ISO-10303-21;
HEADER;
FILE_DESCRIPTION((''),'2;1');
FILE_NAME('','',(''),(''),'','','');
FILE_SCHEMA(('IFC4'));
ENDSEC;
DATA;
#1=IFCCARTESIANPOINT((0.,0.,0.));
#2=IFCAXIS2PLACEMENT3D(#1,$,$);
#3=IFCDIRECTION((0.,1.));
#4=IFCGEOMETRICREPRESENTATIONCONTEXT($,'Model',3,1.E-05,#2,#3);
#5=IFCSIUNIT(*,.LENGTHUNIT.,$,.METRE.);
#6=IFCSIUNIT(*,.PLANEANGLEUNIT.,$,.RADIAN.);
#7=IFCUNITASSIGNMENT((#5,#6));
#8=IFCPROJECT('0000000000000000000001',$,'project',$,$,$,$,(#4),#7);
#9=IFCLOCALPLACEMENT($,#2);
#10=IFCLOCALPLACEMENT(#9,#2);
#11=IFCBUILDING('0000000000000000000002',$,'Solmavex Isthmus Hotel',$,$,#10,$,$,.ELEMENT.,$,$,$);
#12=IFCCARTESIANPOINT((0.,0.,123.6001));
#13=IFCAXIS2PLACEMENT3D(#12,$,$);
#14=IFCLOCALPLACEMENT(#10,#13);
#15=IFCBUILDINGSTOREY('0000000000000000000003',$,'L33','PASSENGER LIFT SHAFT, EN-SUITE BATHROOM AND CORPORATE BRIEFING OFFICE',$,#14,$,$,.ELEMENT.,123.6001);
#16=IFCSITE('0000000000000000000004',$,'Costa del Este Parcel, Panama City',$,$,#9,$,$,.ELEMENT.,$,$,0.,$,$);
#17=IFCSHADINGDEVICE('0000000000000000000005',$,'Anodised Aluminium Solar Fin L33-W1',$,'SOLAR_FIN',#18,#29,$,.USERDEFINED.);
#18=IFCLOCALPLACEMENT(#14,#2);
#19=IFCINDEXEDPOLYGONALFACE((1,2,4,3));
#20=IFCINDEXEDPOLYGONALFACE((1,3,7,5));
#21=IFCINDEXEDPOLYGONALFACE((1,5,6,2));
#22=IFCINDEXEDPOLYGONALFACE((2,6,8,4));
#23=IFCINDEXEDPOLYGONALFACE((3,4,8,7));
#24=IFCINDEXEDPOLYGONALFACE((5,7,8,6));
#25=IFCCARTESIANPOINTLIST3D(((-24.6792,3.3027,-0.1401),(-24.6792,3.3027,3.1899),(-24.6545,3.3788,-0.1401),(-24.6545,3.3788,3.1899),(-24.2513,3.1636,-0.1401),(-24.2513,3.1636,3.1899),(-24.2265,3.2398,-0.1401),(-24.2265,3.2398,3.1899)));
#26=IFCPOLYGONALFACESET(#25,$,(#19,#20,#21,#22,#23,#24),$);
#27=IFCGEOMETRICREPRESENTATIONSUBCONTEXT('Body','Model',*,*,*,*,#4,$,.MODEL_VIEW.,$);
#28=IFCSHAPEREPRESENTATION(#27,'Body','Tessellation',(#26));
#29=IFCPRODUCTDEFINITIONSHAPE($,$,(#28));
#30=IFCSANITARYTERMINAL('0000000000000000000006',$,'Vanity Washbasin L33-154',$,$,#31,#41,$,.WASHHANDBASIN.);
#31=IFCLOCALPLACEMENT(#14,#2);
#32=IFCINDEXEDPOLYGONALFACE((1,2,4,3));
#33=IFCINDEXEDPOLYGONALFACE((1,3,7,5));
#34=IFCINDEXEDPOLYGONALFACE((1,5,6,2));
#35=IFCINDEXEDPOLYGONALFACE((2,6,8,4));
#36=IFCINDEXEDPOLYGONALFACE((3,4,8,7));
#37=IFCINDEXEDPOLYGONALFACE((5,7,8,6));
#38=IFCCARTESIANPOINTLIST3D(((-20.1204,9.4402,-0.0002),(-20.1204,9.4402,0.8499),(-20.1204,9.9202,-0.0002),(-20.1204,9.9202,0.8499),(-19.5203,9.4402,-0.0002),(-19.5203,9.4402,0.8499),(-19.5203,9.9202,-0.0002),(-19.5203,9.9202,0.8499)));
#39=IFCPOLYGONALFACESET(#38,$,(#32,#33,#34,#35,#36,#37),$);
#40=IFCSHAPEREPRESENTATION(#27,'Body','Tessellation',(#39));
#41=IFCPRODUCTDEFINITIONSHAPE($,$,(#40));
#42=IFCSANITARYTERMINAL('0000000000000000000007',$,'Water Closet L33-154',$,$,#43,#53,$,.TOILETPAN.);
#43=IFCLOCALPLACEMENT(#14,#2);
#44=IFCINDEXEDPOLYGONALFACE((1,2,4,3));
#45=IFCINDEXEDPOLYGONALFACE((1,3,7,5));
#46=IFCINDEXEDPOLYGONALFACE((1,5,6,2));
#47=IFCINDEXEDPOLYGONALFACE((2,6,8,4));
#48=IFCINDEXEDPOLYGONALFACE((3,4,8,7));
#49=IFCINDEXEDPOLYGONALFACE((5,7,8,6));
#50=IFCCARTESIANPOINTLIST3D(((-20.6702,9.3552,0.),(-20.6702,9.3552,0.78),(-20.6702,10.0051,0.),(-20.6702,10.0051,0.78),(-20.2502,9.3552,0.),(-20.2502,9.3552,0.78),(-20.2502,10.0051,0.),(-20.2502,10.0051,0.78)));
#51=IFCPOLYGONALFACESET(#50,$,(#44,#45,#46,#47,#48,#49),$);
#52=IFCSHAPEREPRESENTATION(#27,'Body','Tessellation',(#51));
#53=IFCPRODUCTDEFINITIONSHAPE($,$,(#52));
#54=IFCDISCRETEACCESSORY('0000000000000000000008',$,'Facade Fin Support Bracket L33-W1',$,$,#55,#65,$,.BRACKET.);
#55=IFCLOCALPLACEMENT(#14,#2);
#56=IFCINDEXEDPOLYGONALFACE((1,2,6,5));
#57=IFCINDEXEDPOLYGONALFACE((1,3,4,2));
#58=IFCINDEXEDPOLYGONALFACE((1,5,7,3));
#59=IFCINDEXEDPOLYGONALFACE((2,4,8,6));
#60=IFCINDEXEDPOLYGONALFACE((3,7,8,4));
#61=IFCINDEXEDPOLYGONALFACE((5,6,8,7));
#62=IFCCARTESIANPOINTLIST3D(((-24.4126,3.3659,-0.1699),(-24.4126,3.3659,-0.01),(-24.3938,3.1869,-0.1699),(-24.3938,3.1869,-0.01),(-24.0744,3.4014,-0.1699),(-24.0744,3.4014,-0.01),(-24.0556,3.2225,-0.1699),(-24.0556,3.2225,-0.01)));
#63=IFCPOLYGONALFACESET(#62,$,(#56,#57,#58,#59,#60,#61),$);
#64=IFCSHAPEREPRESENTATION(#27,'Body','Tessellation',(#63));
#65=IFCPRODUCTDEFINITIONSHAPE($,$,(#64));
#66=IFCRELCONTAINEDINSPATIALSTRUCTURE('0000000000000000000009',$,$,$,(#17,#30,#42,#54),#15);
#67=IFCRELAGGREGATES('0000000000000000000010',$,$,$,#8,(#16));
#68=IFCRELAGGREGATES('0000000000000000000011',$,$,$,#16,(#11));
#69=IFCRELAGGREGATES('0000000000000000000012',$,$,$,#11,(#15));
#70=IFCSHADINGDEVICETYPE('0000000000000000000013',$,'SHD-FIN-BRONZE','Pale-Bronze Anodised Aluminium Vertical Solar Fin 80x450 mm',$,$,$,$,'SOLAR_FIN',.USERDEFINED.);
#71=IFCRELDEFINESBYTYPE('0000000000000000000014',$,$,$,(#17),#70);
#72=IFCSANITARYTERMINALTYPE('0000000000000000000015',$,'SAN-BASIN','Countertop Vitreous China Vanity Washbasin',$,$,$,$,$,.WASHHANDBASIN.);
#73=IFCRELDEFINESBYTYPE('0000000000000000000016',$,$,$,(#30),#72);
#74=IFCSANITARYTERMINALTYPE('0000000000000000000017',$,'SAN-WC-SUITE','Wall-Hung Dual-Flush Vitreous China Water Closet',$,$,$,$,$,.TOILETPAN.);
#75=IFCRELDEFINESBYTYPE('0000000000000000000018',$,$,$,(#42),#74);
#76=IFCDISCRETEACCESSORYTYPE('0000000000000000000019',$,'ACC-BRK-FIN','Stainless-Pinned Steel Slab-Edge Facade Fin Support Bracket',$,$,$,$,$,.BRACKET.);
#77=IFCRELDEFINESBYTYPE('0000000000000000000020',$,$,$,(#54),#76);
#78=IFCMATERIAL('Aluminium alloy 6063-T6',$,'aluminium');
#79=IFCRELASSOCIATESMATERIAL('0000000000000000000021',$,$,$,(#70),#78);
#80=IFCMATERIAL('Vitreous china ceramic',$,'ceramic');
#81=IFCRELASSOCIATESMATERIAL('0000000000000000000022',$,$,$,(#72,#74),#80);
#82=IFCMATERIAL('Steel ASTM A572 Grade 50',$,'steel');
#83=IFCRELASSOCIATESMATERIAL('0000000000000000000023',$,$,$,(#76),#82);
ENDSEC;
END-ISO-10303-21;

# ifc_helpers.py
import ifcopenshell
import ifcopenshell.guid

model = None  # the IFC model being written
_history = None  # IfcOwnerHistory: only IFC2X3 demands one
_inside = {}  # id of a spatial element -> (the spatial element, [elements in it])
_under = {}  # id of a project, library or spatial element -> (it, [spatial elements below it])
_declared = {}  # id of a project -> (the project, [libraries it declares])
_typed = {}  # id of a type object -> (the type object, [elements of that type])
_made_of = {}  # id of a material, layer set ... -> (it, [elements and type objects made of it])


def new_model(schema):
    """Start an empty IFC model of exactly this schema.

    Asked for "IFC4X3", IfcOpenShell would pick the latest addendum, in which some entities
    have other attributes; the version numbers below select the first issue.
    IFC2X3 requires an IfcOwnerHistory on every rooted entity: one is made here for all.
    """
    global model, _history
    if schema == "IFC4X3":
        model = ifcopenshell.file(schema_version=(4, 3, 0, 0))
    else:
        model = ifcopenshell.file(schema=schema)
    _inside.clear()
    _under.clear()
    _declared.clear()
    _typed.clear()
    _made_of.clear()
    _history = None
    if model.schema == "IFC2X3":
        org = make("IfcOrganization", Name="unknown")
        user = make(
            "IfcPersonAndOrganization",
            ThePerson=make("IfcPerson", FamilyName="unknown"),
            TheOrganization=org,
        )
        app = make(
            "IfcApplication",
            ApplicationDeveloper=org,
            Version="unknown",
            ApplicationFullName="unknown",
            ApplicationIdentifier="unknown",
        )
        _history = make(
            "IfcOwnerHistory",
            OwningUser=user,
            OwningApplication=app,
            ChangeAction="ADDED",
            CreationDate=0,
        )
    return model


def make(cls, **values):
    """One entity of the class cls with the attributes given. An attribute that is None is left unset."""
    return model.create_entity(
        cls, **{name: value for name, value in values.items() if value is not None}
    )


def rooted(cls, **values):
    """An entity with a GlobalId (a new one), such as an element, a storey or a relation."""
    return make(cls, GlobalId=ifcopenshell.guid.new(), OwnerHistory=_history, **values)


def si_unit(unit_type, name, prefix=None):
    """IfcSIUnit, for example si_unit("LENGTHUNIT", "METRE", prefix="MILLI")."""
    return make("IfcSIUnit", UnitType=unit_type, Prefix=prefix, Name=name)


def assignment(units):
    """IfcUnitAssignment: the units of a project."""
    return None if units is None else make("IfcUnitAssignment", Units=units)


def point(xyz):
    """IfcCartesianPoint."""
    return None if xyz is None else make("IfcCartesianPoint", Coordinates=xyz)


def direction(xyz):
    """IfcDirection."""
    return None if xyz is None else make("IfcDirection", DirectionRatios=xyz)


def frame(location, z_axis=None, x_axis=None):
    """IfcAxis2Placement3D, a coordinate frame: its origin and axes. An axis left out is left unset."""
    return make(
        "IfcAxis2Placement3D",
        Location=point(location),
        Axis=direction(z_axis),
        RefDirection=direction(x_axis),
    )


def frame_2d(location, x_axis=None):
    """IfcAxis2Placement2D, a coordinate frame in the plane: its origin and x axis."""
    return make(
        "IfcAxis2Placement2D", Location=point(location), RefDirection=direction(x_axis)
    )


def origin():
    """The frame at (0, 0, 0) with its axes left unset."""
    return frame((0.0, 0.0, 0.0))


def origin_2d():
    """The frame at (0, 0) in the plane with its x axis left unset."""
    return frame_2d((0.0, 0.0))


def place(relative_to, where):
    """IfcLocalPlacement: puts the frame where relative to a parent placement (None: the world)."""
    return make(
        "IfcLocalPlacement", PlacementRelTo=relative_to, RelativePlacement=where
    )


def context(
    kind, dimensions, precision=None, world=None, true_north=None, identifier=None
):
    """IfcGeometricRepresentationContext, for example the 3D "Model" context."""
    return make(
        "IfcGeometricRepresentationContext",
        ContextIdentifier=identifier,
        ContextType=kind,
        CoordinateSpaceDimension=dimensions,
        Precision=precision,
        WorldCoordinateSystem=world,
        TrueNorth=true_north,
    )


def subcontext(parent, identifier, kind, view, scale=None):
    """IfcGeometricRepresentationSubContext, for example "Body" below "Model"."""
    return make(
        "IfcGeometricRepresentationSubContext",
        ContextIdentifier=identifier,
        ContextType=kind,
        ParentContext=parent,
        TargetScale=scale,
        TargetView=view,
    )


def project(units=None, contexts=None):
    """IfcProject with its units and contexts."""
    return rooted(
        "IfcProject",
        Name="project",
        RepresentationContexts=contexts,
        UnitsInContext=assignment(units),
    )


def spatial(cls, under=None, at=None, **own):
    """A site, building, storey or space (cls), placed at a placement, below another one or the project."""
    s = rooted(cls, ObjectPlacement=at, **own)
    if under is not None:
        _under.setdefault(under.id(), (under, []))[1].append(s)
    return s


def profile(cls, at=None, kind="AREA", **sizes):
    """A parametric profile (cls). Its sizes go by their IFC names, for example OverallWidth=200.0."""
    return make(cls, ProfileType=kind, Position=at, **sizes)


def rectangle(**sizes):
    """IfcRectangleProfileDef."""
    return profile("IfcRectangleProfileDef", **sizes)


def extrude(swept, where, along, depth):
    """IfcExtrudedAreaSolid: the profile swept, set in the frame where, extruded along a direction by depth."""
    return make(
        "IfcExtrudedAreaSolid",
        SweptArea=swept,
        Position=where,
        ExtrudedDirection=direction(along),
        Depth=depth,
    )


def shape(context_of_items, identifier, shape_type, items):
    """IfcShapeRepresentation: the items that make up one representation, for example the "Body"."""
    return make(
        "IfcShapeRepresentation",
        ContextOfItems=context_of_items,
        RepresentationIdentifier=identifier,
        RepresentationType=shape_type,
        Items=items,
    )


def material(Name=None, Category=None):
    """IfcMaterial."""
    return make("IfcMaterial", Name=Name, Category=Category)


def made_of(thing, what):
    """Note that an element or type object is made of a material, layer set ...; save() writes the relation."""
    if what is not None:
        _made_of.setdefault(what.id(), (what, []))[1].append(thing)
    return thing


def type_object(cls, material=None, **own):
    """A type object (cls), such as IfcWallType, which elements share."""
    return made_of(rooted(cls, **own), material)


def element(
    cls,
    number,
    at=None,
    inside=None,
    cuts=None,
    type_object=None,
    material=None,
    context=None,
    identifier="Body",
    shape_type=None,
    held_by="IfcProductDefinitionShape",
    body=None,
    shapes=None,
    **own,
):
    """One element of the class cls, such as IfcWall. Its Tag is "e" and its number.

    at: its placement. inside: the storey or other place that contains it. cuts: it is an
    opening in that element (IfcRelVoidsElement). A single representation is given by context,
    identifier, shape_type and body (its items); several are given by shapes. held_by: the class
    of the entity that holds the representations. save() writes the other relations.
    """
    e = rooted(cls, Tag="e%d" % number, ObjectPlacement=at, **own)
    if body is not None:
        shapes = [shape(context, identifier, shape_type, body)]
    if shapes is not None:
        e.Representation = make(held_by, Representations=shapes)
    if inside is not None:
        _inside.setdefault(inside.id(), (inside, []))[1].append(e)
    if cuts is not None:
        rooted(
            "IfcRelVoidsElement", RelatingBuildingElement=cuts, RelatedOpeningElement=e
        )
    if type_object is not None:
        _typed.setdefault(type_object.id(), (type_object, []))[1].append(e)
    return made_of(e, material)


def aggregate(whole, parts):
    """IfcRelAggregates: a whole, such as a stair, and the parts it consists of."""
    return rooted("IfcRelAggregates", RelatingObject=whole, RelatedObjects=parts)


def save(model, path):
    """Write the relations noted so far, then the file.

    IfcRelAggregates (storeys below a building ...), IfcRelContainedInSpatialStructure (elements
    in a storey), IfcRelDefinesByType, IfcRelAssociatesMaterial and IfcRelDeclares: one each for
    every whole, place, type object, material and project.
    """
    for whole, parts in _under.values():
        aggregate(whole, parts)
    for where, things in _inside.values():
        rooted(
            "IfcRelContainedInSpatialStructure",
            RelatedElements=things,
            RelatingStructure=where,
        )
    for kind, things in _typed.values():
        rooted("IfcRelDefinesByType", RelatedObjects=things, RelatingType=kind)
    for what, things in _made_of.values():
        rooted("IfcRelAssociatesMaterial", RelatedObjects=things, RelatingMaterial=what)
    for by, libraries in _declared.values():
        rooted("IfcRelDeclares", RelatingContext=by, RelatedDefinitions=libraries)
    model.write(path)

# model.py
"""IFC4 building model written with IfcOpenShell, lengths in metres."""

from ifc_helpers import new_model, si_unit, direction, frame, origin, origin_2d, place, context, subcontext, project, spatial, rectangle, extrude, material, type_object, element, save


model = new_model("IFC4")

# Units and contexts
model_context = context("Model", 3, precision=1e-05, world=origin(), true_north=direction((0.0, 1.0)))
body_context = subcontext(model_context, "Body", "Model", "MODEL_VIEW")
ifc_project = project(units=[si_unit("LENGTHUNIT", "METRE"), si_unit("PLANEANGLEUNIT", "RADIAN")], contexts=[model_context])

# Site, building, storey
site_placement = place(None, origin())
site = spatial("IfcSite", under=ifc_project, at=site_placement, Name="Costa del Este Parcel, Panama City", CompositionType="ELEMENT", RefElevation=0.0)
building_placement = place(site_placement, origin())
building = spatial("IfcBuilding", under=site, at=building_placement, Name="Solmavex Isthmus Hotel", CompositionType="ELEMENT")
storey_placement = place(building_placement, frame((0.0, 0.0, 123.6001)))
storey = spatial("IfcBuildingStorey", under=building, at=storey_placement, Name="L33", Description="PASSENGER LIFT SHAFT, EN-SUITE BATHROOM AND CORPORATE BRIEFING OFFICE", CompositionType="ELEMENT", Elevation=123.6001)

# Shared definitions
ifc_material_1 = material(Name="Aluminium alloy 6063-T6", Category="aluminium")

# Shading device
shading_device_type = type_object("IfcShadingDeviceType", Name="SHD-FIN-BRONZE", Description="Pale-Bronze Anodised Aluminium Vertical Solar Fin 80x450 mm", ElementType="SOLAR_FIN", PredefinedType="USERDEFINED", material=ifc_material_1)
shading_device_placement = place(storey_placement, frame((-24.4529, 3.2712, -0.1401), z_axis=(0.0, 0.0, 1.0), x_axis=(-0.951057, 0.309017, 0.0)))
element("IfcShadingDevice", 1, at=shading_device_placement, inside=storey, type_object=shading_device_type, Name="Anodised Aluminium Solar Fin L33-W1", ObjectType="SOLAR_FIN", PredefinedType="USERDEFINED", context=body_context, shape_type="SweptSolid", body=[
    extrude(rectangle(XDim=0.45, YDim=0.0801, at=origin_2d()), origin(), (0.0, 0.0, 1.0), 3.3301),
])

# Sanitary terminals
ifc_material_2 = material(Name="Vitreous china ceramic", Category="ceramic")
sanitary_terminal_type_1 = type_object("IfcSanitaryTerminalType", Name="SAN-BASIN", Description="Countertop Vitreous China Vanity Washbasin", PredefinedType="WASHHANDBASIN", material=ifc_material_2)
sanitary_terminal_1_placement = place(storey_placement, frame((-19.8203, 9.6802, -0.0002), z_axis=(0.0, 0.0, 1.0), x_axis=(1.0, 0.0, 0.0)))
element("IfcSanitaryTerminal", 2, at=sanitary_terminal_1_placement, inside=storey, type_object=sanitary_terminal_type_1, Name="Vanity Washbasin L33-154", PredefinedType="WASHHANDBASIN", context=body_context, shape_type="SweptSolid", body=[
    extrude(rectangle(XDim=0.6001, YDim=0.48, at=origin_2d()), origin(), (0.0, 0.0, 1.0), 0.8501),
])
sanitary_terminal_type_2 = type_object("IfcSanitaryTerminalType", Name="SAN-WC-SUITE", Description="Wall-Hung Dual-Flush Vitreous China Water Closet", PredefinedType="TOILETPAN", material=ifc_material_2)
sanitary_terminal_2_placement = place(storey_placement, frame((-20.4602, 9.6802, 0.0), z_axis=(0.0, 0.0, 1.0), x_axis=(1.0, 0.0, 0.0)))
element("IfcSanitaryTerminal", 3, at=sanitary_terminal_2_placement, inside=storey, type_object=sanitary_terminal_type_2, Name="Water Closet L33-154", PredefinedType="TOILETPAN", context=body_context, shape_type="SweptSolid", body=[
    extrude(rectangle(XDim=0.4199, YDim=0.6499, at=origin_2d()), origin(), (0.0, 0.0, 1.0), 0.78),
])

# Discrete accessory
ifc_material_3 = material(Name="Steel ASTM A572 Grade 50", Category="steel")
discrete_accessory_type = type_object("IfcDiscreteAccessoryType", Name="ACC-BRK-FIN", Description="Stainless-Pinned Steel Slab-Edge Facade Fin Support Bracket", PredefinedType="BRACKET", material=ifc_material_3)
discrete_accessory_placement = place(storey_placement, frame((-24.2341, 3.2942, -0.1699), z_axis=(0.0, 0.0, 1.0), x_axis=(-0.994522, -0.104528, 0.0)))
element("IfcDiscreteAccessory", 4, at=discrete_accessory_placement, inside=storey, type_object=discrete_accessory_type, Name="Facade Fin Support Bracket L33-W1", PredefinedType="BRACKET", context=body_context, shape_type="SweptSolid", body=[
    extrude(rectangle(XDim=0.3401, YDim=0.1799, at=origin_2d()), origin(), (0.0, 0.0, 1.0), 0.1599),
])

save(model, "model.ifc")
